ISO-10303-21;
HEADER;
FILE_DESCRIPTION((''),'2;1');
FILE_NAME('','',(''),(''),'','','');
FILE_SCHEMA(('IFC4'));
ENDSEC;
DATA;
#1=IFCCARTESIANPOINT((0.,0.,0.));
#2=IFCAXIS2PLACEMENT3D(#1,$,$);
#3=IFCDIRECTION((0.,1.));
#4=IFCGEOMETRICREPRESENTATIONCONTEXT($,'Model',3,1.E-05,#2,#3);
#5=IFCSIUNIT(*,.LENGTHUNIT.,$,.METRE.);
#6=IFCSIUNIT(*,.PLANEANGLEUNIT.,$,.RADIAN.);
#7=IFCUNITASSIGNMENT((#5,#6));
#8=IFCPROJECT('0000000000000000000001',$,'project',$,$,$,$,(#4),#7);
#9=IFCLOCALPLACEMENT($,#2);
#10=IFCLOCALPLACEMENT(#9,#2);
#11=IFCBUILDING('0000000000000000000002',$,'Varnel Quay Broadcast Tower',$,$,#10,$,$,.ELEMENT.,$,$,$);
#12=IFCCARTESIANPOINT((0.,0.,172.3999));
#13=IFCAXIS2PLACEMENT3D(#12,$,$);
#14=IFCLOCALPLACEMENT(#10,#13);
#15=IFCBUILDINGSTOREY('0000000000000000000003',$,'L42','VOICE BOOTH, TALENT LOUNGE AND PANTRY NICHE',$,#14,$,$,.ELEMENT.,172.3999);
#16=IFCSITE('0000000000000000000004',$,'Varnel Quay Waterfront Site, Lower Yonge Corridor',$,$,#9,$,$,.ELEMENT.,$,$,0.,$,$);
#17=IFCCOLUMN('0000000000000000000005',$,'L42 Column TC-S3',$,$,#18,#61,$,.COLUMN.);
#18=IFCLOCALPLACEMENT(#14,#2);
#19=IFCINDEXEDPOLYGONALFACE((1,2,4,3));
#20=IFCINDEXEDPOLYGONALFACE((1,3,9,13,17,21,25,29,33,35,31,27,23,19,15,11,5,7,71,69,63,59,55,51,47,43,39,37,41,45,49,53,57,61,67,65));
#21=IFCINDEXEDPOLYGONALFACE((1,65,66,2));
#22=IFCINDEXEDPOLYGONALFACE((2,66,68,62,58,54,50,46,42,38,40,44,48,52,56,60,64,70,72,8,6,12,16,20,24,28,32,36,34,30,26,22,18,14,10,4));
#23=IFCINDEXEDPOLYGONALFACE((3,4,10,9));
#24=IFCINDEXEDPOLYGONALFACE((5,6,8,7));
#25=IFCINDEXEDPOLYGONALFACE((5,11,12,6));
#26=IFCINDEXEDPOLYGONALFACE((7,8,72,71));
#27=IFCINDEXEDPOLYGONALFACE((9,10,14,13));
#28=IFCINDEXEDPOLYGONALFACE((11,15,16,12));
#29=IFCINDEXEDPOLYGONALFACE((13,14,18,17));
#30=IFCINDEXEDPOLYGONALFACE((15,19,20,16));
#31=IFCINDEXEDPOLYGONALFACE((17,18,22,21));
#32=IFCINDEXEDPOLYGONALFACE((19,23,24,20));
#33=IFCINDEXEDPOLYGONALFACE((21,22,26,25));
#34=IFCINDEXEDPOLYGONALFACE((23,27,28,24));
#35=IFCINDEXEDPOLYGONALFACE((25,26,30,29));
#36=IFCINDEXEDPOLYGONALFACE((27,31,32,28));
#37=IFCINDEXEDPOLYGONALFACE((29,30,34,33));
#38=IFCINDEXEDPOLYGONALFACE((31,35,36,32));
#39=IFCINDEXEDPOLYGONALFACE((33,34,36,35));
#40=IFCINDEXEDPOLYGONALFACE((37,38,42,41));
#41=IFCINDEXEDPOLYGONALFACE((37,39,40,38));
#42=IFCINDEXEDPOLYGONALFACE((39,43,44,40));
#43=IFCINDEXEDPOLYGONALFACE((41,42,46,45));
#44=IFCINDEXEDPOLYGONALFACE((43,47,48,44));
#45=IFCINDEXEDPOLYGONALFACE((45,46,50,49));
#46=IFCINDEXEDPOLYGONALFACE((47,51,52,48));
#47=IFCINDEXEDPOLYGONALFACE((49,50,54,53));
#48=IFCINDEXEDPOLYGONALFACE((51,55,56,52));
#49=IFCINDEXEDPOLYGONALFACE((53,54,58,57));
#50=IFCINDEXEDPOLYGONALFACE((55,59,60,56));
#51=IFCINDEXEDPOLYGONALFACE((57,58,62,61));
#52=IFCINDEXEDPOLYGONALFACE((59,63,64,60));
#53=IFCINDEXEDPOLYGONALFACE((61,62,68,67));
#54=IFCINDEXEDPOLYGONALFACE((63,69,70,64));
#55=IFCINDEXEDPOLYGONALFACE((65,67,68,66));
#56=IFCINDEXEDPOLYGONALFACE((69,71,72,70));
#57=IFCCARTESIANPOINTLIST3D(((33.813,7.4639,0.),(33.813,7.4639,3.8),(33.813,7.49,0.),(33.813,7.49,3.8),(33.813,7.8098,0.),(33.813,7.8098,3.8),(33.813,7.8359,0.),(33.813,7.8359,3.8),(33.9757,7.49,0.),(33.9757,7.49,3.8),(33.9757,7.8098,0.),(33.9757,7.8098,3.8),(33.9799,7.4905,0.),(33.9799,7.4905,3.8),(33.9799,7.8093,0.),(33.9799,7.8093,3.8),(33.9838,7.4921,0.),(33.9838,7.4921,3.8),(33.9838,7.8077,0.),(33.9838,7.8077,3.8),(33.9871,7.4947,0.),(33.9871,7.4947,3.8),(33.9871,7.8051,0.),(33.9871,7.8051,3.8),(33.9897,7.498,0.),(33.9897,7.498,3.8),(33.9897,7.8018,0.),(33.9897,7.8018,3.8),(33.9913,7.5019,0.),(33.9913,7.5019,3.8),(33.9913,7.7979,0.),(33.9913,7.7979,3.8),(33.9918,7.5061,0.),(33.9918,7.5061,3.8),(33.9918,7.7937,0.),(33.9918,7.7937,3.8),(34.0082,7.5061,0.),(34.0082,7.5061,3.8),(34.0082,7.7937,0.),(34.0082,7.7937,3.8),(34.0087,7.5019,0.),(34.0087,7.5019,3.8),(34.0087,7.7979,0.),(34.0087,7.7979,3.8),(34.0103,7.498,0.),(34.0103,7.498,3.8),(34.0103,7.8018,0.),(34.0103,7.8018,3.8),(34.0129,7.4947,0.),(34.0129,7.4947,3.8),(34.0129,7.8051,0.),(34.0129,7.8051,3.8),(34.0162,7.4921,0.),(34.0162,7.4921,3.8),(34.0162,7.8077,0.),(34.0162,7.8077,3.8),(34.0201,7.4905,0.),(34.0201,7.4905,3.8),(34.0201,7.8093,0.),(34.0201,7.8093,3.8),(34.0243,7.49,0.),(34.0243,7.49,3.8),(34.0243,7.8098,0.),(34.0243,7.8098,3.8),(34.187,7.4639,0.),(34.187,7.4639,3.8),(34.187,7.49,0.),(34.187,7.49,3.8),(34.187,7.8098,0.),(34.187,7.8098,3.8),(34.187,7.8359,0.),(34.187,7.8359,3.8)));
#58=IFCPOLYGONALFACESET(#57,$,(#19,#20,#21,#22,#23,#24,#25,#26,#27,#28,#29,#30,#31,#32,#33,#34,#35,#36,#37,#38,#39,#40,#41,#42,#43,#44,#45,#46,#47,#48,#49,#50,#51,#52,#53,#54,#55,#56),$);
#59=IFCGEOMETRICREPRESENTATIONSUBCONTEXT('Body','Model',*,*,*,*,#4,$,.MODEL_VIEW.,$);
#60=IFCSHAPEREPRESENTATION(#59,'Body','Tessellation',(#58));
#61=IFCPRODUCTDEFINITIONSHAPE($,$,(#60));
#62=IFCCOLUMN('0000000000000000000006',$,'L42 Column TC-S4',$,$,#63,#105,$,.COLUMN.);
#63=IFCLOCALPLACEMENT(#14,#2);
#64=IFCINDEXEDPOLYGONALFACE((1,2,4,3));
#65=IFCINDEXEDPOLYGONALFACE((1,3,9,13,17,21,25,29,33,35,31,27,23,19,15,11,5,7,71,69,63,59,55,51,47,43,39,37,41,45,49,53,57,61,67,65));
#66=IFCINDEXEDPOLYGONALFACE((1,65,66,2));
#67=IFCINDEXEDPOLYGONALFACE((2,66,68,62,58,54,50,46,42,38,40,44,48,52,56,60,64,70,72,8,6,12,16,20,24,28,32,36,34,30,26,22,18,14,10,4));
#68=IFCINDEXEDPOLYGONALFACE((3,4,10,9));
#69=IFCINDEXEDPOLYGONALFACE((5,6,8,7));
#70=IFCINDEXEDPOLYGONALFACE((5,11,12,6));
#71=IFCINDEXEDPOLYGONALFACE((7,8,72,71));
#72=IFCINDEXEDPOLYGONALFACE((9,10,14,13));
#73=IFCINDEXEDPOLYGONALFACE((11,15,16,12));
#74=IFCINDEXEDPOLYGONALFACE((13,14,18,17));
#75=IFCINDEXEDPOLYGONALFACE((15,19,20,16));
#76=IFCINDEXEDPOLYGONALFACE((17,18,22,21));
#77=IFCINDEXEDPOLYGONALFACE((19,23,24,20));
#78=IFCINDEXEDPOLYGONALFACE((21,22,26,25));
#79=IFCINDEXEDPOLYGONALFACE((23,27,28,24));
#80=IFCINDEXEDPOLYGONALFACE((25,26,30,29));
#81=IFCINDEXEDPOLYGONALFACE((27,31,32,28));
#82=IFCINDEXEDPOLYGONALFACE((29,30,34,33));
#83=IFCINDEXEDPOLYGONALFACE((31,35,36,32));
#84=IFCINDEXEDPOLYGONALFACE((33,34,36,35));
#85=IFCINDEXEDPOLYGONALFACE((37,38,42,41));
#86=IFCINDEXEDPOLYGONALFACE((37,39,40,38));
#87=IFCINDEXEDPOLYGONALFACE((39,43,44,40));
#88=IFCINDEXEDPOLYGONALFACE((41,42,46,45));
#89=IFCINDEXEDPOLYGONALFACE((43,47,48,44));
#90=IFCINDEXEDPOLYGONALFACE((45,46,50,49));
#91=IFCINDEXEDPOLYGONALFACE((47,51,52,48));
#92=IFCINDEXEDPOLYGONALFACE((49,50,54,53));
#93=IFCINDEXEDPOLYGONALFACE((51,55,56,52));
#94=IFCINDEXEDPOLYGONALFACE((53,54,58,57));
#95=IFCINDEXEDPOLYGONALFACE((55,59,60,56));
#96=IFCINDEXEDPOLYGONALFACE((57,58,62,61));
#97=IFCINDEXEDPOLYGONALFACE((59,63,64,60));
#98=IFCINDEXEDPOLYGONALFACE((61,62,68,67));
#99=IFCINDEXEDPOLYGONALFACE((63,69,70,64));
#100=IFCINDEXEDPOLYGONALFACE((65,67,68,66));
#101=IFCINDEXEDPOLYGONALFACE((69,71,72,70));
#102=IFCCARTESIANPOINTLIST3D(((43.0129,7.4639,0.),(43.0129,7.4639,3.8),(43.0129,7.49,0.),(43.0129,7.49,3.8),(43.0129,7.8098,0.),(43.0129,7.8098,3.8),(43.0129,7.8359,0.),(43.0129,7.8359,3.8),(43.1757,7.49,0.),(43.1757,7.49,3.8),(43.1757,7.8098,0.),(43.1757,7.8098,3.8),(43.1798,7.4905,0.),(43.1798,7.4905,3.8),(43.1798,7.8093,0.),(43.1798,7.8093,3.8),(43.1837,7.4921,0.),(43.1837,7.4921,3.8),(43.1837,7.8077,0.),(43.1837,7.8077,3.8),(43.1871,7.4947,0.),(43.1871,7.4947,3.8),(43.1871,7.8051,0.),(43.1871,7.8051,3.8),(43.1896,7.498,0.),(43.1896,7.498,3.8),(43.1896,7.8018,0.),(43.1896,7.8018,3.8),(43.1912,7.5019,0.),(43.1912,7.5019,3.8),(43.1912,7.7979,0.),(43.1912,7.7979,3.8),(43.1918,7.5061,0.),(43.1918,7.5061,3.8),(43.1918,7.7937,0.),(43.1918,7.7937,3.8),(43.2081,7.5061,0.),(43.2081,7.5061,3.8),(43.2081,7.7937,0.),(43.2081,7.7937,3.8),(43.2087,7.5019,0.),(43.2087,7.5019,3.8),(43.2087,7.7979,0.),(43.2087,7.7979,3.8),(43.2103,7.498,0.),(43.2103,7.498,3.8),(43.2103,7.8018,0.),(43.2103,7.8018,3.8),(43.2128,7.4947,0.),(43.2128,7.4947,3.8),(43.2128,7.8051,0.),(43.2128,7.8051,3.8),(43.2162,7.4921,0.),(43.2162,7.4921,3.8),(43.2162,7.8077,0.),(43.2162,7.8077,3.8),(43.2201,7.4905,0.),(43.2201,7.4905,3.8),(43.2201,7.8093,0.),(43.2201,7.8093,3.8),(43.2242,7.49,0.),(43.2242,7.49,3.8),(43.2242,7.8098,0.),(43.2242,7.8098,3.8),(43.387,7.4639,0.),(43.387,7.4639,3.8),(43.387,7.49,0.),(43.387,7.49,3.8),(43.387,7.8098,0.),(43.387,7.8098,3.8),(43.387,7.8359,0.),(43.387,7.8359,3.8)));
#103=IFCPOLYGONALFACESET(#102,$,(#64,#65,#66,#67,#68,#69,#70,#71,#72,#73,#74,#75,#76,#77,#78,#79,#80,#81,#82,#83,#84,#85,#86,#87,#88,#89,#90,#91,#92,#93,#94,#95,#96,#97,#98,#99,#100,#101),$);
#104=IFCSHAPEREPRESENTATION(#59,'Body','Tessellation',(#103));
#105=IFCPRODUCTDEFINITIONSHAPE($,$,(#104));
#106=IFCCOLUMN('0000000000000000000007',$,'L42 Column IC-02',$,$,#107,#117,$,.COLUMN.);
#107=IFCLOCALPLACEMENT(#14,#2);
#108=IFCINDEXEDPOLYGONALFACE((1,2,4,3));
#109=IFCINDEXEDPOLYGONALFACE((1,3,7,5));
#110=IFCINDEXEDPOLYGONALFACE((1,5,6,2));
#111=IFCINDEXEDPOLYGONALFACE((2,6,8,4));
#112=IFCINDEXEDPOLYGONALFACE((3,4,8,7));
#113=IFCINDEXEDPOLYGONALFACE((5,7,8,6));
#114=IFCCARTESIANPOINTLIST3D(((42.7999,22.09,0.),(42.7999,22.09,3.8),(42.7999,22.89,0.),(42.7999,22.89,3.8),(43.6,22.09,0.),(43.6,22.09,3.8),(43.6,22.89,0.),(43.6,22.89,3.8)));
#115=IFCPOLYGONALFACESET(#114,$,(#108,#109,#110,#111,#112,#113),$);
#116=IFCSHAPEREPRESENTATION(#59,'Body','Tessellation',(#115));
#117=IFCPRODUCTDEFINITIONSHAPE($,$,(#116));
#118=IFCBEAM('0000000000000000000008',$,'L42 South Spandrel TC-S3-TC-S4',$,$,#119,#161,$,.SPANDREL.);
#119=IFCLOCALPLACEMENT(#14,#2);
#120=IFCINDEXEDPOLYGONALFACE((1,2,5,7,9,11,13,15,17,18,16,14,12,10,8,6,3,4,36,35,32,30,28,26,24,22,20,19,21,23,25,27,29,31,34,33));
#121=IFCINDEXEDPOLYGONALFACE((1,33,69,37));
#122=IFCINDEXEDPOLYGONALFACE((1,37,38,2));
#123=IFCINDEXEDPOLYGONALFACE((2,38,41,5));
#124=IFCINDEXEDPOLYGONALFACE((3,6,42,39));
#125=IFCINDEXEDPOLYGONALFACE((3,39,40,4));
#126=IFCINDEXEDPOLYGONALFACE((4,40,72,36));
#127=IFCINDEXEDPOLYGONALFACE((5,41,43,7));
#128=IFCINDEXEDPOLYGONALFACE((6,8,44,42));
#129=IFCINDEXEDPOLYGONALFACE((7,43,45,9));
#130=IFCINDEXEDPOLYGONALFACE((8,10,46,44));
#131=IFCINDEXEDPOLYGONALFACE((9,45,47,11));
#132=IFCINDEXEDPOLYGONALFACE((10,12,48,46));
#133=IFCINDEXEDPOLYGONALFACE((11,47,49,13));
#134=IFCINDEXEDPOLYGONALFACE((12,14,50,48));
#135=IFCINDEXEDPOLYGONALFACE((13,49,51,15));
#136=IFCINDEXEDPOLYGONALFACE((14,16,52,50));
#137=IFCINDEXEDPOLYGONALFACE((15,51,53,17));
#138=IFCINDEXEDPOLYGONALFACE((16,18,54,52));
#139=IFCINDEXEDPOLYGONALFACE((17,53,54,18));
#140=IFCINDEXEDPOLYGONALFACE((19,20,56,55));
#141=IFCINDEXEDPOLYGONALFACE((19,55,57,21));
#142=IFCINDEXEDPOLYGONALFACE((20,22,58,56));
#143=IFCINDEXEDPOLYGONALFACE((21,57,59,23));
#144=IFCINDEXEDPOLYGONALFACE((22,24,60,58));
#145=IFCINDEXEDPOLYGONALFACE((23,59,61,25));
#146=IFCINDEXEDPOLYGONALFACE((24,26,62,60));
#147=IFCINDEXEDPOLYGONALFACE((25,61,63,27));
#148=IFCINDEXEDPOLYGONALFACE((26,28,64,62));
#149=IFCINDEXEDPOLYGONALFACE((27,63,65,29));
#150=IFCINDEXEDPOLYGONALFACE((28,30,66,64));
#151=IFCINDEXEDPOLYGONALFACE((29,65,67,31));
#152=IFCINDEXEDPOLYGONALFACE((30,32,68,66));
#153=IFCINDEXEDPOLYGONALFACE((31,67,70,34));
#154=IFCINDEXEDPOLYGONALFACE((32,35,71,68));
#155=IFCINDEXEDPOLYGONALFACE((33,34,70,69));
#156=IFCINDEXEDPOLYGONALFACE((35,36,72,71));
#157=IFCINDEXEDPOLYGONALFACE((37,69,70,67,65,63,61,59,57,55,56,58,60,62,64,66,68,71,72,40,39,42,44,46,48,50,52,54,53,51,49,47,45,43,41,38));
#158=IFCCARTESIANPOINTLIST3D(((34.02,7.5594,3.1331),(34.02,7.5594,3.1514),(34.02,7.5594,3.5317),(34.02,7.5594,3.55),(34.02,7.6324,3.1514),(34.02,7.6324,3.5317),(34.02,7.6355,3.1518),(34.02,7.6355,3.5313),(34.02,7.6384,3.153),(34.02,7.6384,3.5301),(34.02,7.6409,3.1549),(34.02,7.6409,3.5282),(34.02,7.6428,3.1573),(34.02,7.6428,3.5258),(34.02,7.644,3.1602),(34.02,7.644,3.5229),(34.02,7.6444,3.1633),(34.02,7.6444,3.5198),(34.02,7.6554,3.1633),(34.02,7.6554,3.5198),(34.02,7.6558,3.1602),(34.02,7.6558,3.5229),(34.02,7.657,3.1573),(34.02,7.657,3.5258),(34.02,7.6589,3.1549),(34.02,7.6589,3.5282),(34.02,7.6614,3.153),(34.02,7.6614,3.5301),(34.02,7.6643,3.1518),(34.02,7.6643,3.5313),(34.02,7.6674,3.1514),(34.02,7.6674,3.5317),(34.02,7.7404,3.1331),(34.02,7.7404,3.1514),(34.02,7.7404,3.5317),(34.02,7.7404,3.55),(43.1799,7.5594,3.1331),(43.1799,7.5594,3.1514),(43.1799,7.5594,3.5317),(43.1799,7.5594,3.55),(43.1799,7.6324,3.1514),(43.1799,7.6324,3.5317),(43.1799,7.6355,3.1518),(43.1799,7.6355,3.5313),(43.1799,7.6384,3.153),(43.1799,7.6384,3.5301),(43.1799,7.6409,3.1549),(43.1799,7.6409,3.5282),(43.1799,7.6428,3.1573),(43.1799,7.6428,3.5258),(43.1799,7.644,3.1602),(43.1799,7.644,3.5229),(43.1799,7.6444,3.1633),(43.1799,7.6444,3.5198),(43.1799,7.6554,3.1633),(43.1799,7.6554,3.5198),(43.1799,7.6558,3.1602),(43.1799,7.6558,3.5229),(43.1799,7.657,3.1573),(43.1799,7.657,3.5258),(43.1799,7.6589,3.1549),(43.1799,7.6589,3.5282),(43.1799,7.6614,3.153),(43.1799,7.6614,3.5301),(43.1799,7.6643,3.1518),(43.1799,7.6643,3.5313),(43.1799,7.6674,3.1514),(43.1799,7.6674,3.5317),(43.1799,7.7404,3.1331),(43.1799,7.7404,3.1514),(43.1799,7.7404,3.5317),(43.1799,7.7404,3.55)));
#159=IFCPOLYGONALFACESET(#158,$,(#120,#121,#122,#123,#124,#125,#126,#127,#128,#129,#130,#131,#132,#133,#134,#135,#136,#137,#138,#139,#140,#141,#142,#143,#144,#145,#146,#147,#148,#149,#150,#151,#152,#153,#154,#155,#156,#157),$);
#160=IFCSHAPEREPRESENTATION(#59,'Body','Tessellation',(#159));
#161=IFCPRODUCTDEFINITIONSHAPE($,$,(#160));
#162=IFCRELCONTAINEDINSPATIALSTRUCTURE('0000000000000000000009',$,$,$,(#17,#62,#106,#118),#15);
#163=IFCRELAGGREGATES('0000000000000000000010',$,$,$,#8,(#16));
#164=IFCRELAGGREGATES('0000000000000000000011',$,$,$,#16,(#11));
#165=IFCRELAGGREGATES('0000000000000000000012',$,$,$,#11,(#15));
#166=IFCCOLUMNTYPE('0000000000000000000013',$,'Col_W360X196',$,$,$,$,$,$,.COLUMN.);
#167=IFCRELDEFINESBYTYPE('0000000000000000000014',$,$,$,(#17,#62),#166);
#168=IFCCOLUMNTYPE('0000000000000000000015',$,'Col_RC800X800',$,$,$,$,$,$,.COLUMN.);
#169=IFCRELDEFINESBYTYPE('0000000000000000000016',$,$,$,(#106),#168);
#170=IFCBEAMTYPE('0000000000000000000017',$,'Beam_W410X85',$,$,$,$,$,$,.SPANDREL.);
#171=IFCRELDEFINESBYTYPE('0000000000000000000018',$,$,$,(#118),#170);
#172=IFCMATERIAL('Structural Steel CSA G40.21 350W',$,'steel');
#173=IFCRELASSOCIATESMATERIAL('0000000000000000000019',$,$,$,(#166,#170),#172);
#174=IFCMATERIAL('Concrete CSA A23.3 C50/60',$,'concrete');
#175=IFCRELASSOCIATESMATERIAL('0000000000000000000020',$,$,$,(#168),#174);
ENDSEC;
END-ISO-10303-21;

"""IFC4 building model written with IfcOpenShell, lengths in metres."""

from ifc_helpers import new_model, si_unit, direction, frame, origin, origin_2d, place, context, subcontext, project, spatial, rectangle, i_section, extrude, source, transform, mapped, material, material_profile, profile_set, type_object, type_shapes, element, save


model = new_model("IFC4")

# Units and contexts
model_context = context("Model", 3, precision=1e-05, world=origin(), true_north=direction((0.0, 1.0)))
body_context = subcontext(model_context, "Body", "Model", "MODEL_VIEW")
ifc_project = project(units=[si_unit("LENGTHUNIT", "METRE"), si_unit("PLANEANGLEUNIT", "RADIAN")], contexts=[model_context])

# Site, building, storey
site_placement = place(None, origin())
site = spatial("IfcSite", under=ifc_project, at=site_placement, Name="Varnel Quay Waterfront Site, Lower Yonge Corridor", CompositionType="ELEMENT", RefElevation=0.0)
building_placement = place(site_placement, origin())
building = spatial("IfcBuilding", under=site, at=building_placement, Name="Varnel Quay Broadcast Tower", CompositionType="ELEMENT")
storey_placement = place(building_placement, frame((0.0, 0.0, 172.3999)))
storey = spatial("IfcBuildingStorey", under=building, at=storey_placement, Name="L42", Description="VOICE BOOTH, TALENT LOUNGE AND PANTRY NICHE", CompositionType="ELEMENT", Elevation=172.3999)

# Columns
ifc_material_1 = material(Name="Structural Steel CSA G40.21 350W", Category="steel")
ifc_material_profile_1 = material_profile(ifc_material_1, i_section(OverallWidth=0.374, OverallDepth=0.3721, WebThickness=0.0164, FlangeThickness=0.0261, FilletRadius=0.0161, at=origin_2d()), Name="W360X196")
ifc_profile_set_1 = profile_set([ifc_material_profile_1], Name="Structural Steel CSA G40.21 350W")
column_type_1 = type_object("IfcColumnType", Name="Col_W360X196", PredefinedType="COLUMN", material=ifc_profile_set_1)
shared_shape_1 = source(origin(), body_context, "Body", "SweptSolid", [
    extrude(i_section(OverallWidth=0.374, OverallDepth=0.3721, WebThickness=0.0164, FlangeThickness=0.0261, FilletRadius=0.0161, at=origin_2d()), origin(), (0.0, 0.0, 1.0), 3.8),
])
type_shapes(column_type_1, [shared_shape_1])
for number, where, z_axis, x_axis, name in (
    (1, (34.0, 7.6499, 0.0), (0.0, 0.0, 1.0), (1.0, 0.0, 0.0), "L42 Column TC-S3"),
    (2, (43.2, 7.6499, 0.0), (0.0, 0.0, 1.0), (1.0, 0.0, 0.0), "L42 Column TC-S4"),
):
    element("IfcColumn", number, at=place(storey_placement, frame(where, z_axis=z_axis, x_axis=x_axis)), inside=storey, type_object=column_type_1, Name=name, PredefinedType="COLUMN", context=body_context, shape_type="MappedRepresentation", body=[
        mapped(shared_shape_1, transform((0.0, 0.0, 0.0), x_axis=(1.0, 0.0, 0.0), y_axis=(0.0, 1.0, 0.0), z_axis=(0.0, 0.0, 1.0), scale=1.0)),
    ])
ifc_material_2 = material(Name="Concrete CSA A23.3 C50/60", Category="concrete")
ifc_material_profile_2 = material_profile(ifc_material_2, rectangle(XDim=0.8, YDim=0.8, at=origin_2d()), Name="RC800X800")
ifc_profile_set_2 = profile_set([ifc_material_profile_2], Name="Concrete CSA A23.3 C50/60")
column_type_2 = type_object("IfcColumnType", Name="Col_RC800X800", PredefinedType="COLUMN", material=ifc_profile_set_2)
shared_shape_2 = source(origin(), body_context, "Body", "SweptSolid", [
    extrude(rectangle(XDim=0.8, YDim=0.8, at=origin_2d()), origin(), (0.0, 0.0, 1.0), 3.8),
])
type_shapes(column_type_2, [shared_shape_2])
column_placement = place(storey_placement, frame((43.2, 22.49, 0.0), z_axis=(0.0, 0.0, 1.0), x_axis=(1.0, 0.0, 0.0)))
element("IfcColumn", 3, at=column_placement, inside=storey, type_object=column_type_2, Name="L42 Column IC-02", PredefinedType="COLUMN", context=body_context, shape_type="MappedRepresentation", body=[
    mapped(shared_shape_2, transform((0.0, 0.0, 0.0), x_axis=(1.0, 0.0, 0.0), y_axis=(0.0, 1.0, 0.0), z_axis=(0.0, 0.0, 1.0), scale=1.0)),
])

# Beam
ifc_material_profile_3 = material_profile(ifc_material_1, i_section(OverallWidth=0.1809, OverallDepth=0.417, WebThickness=0.011, FlangeThickness=0.0183, FilletRadius=0.012, at=origin_2d()), Name="W410X85")
ifc_profile_set_3 = profile_set([ifc_material_profile_3], Name="Structural Steel CSA G40.21 350W")
beam_type_1 = type_object("IfcBeamType", Name="Beam_W410X85", PredefinedType="SPANDREL", material=ifc_profile_set_3)
shared_shape_3 = source(origin(), body_context, "Body", "SweptSolid", [
    extrude(i_section(OverallWidth=0.1809, OverallDepth=0.417, WebThickness=0.011, FlangeThickness=0.0183, FilletRadius=0.012, at=origin_2d()), origin(), (0.0, 0.0, 1.0), 9.1599),
])
type_shapes(beam_type_1, [shared_shape_3])
for number, where, z_axis, x_axis, name in (
    (4, (34.02, 7.6499, 3.3416), (1.0, 0.0, 0.0), (0.0, 1.0, 0.0), "L42 South Spandrel TC-S3-TC-S4"),
):
    element("IfcBeam", number, at=place(storey_placement, frame(where, z_axis=z_axis, x_axis=x_axis)), inside=storey, type_object=beam_type_1, Name=name, PredefinedType="SPANDREL", context=body_context, shape_type="MappedRepresentation", body=[
        mapped(shared_shape_3, transform((0.0, 0.0, 0.0), x_axis=(1.0, 0.0, 0.0), y_axis=(0.0, 1.0, 0.0), z_axis=(0.0, 0.0, 1.0), scale=1.0)),
    ])

save(model, "model.ifc")
